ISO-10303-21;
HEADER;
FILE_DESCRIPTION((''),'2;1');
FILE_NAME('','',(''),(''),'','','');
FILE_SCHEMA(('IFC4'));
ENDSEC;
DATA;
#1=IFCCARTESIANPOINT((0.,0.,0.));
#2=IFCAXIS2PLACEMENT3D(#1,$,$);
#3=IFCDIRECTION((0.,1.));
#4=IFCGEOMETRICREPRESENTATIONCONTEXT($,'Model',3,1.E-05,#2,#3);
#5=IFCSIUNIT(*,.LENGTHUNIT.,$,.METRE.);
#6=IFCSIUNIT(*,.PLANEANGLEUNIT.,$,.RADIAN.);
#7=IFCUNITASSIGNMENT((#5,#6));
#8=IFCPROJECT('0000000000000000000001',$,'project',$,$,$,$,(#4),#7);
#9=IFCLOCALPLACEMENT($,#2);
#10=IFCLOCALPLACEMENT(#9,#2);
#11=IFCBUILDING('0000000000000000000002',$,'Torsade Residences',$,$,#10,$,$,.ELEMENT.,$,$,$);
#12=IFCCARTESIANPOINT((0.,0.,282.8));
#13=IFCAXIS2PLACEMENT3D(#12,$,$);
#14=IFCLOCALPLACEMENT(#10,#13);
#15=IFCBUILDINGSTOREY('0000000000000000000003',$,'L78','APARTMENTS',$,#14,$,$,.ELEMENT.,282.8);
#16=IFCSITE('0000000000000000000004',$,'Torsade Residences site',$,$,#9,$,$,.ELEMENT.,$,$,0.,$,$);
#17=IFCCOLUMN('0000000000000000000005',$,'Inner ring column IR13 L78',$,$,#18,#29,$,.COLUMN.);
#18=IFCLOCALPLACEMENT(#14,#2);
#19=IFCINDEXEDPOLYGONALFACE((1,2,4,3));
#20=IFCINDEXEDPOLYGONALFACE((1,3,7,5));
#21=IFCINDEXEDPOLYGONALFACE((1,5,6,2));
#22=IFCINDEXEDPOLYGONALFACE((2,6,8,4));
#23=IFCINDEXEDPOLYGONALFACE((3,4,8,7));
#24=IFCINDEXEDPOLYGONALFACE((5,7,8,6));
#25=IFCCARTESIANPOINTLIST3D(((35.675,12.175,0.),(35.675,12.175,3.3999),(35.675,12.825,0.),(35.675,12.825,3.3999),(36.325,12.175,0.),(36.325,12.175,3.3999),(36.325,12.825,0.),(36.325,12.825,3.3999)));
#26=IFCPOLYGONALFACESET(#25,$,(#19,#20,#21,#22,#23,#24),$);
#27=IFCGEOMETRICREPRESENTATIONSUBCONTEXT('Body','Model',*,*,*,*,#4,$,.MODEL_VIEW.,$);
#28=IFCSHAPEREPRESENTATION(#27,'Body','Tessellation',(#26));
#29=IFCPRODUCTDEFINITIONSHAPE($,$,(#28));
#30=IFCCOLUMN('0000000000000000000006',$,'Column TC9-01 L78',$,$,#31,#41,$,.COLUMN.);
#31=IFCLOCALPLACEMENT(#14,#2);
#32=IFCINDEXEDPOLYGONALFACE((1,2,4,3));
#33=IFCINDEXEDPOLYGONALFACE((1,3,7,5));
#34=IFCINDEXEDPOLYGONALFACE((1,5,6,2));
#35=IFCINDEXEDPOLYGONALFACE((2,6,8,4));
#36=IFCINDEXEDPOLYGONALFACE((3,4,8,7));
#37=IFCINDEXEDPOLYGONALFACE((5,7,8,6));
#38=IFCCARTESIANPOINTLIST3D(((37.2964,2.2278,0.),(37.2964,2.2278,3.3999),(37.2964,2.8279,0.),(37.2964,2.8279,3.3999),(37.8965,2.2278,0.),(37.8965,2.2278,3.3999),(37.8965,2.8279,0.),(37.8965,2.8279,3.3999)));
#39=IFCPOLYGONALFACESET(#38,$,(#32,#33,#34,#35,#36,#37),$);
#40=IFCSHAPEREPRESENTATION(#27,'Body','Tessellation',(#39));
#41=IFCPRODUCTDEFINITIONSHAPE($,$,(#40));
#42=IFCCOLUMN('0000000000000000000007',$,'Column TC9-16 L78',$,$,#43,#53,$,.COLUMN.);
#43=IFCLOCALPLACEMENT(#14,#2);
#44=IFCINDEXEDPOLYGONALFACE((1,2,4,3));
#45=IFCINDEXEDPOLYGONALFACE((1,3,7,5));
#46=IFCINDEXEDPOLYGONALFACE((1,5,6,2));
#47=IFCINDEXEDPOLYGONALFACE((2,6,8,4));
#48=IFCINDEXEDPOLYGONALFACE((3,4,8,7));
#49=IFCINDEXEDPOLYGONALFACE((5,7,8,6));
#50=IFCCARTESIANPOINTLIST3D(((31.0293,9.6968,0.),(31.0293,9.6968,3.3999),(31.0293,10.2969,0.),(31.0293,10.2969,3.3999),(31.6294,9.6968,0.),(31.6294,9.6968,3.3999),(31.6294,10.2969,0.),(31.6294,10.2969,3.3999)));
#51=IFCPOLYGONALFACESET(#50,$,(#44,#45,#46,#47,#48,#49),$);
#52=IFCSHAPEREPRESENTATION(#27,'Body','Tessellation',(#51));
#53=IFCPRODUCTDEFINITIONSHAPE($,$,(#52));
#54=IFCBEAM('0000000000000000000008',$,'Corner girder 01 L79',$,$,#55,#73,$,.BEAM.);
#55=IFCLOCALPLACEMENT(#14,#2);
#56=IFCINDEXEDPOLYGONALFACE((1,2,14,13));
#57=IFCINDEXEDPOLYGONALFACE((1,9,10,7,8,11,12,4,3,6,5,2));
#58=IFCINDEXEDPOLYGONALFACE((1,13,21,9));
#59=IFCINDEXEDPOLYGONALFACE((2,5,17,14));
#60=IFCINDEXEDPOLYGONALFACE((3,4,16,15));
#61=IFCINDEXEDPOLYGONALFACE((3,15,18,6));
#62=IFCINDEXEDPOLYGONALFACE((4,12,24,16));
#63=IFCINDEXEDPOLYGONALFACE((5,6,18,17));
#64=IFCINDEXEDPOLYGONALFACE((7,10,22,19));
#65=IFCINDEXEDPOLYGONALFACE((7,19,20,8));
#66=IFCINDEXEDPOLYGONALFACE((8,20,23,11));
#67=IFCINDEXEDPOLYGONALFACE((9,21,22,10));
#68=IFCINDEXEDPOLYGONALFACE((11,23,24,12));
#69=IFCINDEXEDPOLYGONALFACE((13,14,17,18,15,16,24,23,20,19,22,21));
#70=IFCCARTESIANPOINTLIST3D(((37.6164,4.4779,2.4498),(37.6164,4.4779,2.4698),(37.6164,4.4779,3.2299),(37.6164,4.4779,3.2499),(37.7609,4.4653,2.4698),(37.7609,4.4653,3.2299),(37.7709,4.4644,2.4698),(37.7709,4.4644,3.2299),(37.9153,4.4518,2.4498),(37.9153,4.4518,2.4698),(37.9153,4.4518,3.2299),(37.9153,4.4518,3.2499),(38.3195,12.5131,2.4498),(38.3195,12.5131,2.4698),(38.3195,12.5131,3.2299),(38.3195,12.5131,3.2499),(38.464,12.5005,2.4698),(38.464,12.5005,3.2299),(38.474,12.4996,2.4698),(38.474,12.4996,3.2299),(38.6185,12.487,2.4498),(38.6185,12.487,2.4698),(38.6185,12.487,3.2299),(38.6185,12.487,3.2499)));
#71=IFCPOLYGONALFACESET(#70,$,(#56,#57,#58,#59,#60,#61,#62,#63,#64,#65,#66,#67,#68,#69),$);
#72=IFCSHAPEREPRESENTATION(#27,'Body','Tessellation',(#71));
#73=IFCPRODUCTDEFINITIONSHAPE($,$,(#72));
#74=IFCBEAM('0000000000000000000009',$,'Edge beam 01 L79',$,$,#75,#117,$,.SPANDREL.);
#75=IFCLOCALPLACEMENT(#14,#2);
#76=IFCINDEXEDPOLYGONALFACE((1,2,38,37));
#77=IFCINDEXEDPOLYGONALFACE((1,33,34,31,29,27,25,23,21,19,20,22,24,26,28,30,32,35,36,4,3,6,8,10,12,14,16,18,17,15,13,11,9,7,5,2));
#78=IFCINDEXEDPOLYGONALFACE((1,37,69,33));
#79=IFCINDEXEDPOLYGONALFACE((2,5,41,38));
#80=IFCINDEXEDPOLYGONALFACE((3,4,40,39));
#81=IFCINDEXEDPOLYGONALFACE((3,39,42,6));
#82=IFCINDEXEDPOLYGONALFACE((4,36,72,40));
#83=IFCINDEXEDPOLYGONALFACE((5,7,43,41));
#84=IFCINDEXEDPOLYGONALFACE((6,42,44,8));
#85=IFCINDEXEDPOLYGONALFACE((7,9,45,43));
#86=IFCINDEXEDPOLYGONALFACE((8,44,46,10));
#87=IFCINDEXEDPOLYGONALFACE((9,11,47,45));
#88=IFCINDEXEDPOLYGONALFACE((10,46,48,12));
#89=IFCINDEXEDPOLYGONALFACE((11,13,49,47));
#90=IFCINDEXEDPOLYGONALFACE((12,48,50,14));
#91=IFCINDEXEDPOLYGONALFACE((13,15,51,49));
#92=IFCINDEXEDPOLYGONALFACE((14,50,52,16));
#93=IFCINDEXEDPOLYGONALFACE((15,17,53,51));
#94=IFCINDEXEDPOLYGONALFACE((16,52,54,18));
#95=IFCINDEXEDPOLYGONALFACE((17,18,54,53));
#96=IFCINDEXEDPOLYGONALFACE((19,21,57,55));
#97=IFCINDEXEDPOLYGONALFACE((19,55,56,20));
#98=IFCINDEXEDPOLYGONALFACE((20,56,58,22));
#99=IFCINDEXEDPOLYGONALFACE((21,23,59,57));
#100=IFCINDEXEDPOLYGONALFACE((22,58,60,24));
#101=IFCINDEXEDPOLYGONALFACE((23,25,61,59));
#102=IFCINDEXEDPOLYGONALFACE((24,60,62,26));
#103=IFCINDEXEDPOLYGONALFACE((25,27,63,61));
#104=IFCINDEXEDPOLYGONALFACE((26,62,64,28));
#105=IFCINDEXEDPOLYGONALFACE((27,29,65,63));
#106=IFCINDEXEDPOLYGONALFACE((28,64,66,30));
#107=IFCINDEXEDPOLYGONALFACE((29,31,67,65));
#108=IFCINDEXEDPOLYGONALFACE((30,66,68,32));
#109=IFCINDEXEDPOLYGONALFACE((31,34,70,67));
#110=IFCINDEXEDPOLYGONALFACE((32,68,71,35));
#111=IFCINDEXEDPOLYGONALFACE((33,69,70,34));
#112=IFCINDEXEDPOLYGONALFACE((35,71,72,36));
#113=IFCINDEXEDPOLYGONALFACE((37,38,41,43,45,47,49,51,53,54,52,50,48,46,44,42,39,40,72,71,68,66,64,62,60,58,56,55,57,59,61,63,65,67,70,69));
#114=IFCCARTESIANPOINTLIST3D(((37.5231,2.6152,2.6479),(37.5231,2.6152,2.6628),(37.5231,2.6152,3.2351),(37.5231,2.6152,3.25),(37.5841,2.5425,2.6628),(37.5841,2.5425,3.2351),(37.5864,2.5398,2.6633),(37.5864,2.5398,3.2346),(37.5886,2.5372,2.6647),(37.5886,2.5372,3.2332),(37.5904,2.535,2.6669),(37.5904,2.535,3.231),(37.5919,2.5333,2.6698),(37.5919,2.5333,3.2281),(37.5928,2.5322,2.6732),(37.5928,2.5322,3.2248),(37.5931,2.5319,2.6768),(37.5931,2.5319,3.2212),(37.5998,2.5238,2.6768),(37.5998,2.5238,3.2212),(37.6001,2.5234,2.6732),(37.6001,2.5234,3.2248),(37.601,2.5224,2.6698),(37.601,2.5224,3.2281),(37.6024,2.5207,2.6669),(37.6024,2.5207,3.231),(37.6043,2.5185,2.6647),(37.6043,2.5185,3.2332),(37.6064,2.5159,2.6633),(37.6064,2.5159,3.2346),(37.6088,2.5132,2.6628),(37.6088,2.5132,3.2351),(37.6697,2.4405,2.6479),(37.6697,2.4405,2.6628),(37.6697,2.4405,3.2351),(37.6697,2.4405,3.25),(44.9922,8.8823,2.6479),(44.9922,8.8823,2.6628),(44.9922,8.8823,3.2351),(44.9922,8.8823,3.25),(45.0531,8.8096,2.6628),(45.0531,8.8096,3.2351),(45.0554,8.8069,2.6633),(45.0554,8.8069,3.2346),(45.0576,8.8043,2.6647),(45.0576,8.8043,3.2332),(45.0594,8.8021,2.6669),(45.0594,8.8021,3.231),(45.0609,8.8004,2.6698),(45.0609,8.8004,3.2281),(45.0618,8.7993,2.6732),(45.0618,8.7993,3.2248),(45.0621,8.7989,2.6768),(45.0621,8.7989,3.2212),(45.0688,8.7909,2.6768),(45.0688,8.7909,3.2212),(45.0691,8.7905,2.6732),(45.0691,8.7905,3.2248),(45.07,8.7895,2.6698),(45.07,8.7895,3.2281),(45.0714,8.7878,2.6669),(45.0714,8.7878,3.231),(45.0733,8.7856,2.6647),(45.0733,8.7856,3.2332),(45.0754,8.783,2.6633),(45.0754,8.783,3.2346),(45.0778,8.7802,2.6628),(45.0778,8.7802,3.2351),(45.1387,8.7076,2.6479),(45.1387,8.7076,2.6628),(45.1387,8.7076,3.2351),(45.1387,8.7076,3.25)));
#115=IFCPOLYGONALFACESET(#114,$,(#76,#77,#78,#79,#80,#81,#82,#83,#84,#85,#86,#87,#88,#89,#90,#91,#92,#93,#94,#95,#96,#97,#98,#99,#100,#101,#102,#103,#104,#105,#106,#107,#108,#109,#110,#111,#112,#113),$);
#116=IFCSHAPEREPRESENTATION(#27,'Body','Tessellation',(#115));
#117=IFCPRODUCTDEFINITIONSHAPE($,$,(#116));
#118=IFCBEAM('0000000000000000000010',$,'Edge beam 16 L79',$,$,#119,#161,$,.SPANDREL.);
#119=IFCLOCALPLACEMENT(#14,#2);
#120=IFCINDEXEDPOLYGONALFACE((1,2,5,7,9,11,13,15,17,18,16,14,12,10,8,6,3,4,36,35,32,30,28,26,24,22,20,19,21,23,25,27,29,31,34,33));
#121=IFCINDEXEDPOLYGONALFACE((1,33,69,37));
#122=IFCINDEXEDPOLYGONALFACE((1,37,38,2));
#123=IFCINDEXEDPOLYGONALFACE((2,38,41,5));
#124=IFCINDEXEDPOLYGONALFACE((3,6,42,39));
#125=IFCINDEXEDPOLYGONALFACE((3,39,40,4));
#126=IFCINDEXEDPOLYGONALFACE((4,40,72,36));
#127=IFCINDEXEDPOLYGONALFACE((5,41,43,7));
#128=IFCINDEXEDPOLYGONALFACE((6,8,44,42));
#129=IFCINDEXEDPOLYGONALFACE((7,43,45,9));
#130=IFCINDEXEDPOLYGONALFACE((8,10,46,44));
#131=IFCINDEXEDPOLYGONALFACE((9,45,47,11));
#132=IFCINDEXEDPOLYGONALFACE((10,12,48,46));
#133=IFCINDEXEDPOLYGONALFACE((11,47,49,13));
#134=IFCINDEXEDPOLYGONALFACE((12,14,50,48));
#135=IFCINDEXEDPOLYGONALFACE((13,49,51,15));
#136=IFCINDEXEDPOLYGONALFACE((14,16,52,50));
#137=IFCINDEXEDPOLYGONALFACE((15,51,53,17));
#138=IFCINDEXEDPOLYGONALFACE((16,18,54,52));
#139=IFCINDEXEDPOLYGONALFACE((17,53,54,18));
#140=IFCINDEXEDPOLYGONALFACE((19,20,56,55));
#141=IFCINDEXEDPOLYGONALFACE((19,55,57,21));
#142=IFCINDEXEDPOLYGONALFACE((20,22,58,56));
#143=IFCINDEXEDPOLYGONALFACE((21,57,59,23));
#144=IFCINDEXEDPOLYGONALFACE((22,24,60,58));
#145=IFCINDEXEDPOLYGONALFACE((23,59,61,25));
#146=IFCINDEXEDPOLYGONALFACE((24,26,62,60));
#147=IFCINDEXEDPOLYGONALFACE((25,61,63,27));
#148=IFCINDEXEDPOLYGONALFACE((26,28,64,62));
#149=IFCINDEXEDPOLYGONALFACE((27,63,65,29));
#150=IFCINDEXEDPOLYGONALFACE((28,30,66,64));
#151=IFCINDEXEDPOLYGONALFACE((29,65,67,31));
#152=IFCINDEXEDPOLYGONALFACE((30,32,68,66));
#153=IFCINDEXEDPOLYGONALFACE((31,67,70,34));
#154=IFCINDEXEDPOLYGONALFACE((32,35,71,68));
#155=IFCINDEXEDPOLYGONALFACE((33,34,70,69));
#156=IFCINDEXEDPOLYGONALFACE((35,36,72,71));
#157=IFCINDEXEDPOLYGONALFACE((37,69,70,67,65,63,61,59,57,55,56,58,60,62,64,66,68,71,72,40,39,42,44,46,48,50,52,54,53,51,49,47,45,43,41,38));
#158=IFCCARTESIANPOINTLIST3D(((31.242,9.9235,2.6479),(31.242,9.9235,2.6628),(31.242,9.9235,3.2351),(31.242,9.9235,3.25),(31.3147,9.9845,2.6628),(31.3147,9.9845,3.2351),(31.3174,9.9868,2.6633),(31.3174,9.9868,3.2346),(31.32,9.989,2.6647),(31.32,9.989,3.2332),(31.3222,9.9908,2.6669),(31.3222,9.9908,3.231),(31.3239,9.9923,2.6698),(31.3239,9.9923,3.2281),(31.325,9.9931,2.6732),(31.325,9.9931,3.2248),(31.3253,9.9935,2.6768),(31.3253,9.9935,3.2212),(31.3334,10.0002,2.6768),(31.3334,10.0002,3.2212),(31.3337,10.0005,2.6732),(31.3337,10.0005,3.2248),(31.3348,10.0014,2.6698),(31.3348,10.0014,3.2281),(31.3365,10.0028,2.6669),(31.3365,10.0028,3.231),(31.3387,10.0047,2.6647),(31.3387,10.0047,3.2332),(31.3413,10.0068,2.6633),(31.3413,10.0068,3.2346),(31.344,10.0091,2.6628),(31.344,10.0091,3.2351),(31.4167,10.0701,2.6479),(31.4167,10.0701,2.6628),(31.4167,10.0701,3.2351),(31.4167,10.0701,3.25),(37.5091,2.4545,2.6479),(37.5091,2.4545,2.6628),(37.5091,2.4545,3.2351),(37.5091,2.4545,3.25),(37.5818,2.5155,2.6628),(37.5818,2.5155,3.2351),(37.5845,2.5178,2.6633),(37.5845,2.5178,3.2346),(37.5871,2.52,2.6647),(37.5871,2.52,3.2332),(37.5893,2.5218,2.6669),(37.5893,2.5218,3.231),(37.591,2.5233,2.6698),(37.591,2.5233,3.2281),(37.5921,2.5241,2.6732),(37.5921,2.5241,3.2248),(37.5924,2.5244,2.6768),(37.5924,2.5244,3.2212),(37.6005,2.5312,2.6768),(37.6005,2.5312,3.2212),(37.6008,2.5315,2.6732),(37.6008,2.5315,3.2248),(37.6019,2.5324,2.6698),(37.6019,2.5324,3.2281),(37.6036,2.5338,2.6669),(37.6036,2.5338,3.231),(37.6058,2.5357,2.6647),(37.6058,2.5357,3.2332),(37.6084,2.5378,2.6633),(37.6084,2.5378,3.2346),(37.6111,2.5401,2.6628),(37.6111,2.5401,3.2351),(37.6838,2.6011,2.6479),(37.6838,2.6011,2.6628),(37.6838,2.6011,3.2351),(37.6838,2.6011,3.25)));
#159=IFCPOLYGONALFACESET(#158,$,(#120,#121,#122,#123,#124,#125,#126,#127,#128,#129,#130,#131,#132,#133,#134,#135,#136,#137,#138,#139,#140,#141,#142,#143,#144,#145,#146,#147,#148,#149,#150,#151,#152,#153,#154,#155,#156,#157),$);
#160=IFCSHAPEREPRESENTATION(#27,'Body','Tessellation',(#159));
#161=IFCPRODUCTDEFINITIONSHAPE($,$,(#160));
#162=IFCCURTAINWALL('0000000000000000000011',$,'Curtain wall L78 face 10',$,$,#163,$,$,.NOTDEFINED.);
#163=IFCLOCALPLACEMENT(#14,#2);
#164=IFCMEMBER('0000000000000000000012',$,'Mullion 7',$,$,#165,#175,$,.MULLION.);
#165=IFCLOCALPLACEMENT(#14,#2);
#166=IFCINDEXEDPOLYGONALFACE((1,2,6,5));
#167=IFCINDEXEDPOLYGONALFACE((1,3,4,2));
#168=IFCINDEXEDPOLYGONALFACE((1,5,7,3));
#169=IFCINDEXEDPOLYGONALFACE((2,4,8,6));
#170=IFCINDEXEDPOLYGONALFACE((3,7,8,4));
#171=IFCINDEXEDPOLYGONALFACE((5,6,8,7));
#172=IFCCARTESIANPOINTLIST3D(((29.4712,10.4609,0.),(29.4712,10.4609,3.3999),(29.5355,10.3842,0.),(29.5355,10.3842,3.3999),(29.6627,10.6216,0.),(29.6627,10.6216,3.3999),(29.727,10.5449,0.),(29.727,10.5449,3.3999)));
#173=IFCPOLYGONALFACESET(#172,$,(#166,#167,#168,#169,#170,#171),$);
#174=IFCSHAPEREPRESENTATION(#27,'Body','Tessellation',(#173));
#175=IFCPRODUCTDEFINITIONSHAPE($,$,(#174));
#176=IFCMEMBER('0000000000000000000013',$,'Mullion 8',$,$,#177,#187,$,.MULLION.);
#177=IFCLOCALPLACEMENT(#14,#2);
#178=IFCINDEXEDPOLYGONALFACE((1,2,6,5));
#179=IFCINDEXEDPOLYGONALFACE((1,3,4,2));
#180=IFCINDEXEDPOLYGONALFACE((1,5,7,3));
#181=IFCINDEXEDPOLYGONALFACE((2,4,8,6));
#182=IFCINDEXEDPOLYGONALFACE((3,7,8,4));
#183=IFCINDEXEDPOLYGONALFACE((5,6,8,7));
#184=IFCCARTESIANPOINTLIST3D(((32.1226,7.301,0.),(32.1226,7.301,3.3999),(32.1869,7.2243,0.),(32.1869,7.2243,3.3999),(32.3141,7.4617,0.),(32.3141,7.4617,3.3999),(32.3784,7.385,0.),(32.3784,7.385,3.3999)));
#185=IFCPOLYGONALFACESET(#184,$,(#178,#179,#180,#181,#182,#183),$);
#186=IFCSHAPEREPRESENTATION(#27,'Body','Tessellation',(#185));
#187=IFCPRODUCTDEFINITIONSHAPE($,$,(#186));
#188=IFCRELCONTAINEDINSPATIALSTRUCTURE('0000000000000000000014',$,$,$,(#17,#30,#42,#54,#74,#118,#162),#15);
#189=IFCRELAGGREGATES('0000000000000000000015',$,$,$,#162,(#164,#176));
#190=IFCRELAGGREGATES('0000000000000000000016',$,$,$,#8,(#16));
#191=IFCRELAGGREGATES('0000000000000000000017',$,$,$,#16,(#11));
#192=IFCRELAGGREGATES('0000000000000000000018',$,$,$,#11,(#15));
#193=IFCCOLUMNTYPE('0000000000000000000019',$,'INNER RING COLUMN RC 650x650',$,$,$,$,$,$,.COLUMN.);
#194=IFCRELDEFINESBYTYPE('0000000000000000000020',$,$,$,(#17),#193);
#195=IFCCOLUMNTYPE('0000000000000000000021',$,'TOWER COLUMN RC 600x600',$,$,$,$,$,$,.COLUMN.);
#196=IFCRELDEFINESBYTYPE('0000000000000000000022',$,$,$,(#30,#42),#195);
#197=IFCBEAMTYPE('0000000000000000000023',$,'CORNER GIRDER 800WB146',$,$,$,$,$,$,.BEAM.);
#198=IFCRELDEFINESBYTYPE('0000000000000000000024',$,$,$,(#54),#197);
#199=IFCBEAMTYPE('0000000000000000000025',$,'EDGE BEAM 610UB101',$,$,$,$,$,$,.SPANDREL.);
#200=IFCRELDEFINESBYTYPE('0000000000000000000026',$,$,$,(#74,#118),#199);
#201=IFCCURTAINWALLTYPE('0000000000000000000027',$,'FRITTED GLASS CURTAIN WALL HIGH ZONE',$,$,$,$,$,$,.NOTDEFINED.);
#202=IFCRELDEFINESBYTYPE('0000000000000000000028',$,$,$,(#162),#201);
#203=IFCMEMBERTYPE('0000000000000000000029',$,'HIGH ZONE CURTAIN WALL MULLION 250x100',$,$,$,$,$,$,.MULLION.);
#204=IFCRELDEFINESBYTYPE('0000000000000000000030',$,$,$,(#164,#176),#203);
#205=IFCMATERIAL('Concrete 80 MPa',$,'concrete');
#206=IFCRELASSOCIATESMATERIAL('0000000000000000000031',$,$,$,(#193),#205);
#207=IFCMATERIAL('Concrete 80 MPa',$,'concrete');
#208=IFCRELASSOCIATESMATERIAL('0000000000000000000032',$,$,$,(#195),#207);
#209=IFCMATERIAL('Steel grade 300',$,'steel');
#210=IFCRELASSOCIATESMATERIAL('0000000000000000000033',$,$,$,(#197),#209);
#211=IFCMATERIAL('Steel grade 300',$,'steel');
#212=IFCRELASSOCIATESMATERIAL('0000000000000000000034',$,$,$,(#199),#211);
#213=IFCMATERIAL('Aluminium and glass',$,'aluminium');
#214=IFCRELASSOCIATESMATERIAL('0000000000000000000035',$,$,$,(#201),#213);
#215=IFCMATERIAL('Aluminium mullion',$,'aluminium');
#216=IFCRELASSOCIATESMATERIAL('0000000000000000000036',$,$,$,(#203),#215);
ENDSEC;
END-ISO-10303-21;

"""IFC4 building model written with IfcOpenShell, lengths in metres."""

from ifc_helpers import new_model, si_unit, direction, frame, origin, origin_2d, place, context, subcontext, project, spatial, rectangle, i_section, extrude, material, material_profile, profile_set, type_object, element, aggregate, save


model = new_model("IFC4")

# Units and contexts
model_context = context("Model", 3, precision=1e-05, world=origin(), true_north=direction((0.0, 1.0)))
body_context = subcontext(model_context, "Body", "Model", "MODEL_VIEW")
ifc_project = project(units=[si_unit("LENGTHUNIT", "METRE"), si_unit("PLANEANGLEUNIT", "RADIAN")], contexts=[model_context])

# Site, building, storey
site_placement = place(None, origin())
site = spatial("IfcSite", under=ifc_project, at=site_placement, Name="Torsade Residences site", CompositionType="ELEMENT", RefElevation=0.0)
building_placement = place(site_placement, origin())
building = spatial("IfcBuilding", under=site, at=building_placement, Name="Torsade Residences", CompositionType="ELEMENT")
storey_placement = place(building_placement, frame((0.0, 0.0, 282.8)))
storey = spatial("IfcBuildingStorey", under=building, at=storey_placement, Name="L78", Description="APARTMENTS", CompositionType="ELEMENT", Elevation=282.8)

# Columns
ifc_material_1 = material(Name="Concrete 80 MPa", Category="concrete")
ifc_material_profile_1 = material_profile(ifc_material_1, rectangle(XDim=0.6499, YDim=0.6499, at=origin_2d()), Name="RC 650x650")
ifc_profile_set_1 = profile_set([ifc_material_profile_1], Name="Concrete 80 MPa")
column_type_1 = type_object("IfcColumnType", Name="INNER RING COLUMN RC 650x650", PredefinedType="COLUMN", material=ifc_profile_set_1)
column_placement = place(storey_placement, frame((36.0, 12.5, 0.0), z_axis=(0.0, 0.0, 1.0), x_axis=(1.0, 0.0, 0.0)))
element("IfcColumn", 1, at=column_placement, inside=storey, type_object=column_type_1, Name="Inner ring column IR13 L78", PredefinedType="COLUMN", context=body_context, shape_type="SweptSolid", body=[
    extrude(rectangle(XDim=0.6499, YDim=0.6499, at=origin_2d()), origin(), (0.0, 0.0, 1.0), 3.3999),
])
ifc_material_2 = material(Name="Concrete 80 MPa", Category="concrete")
ifc_material_profile_2 = material_profile(ifc_material_2, rectangle(XDim=0.6001, YDim=0.6001, at=origin_2d()), Name="RC 600x600")
ifc_profile_set_2 = profile_set([ifc_material_profile_2], Name="Concrete 80 MPa")
column_type_2 = type_object("IfcColumnType", Name="TOWER COLUMN RC 600x600", PredefinedType="COLUMN", material=ifc_profile_set_2)
for number, where, z_axis, x_axis, name in (
    (2, (37.5964, 2.5278, 0.0), (0.0, 0.0, 1.0), (1.0, 0.0, 0.0), "Column TC9-01 L78"),
    (3, (31.3293, 9.9968, 0.0), (0.0, 0.0, 1.0), (1.0, 0.0, 0.0), "Column TC9-16 L78"),
):
    element("IfcColumn", number, at=place(storey_placement, frame(where, z_axis=z_axis, x_axis=x_axis)), inside=storey, type_object=column_type_2, Name=name, PredefinedType="COLUMN", context=body_context, shape_type="SweptSolid", body=[
        extrude(rectangle(XDim=0.6001, YDim=0.6001, at=origin_2d()), origin(), (0.0, 0.0, 1.0), 3.3999),
    ])

# Beams
ifc_material_3 = material(Name="Steel grade 300", Category="steel")
ifc_material_profile_3 = material_profile(ifc_material_3, i_section(OverallWidth=0.3, OverallDepth=0.8, WebThickness=0.01, FlangeThickness=0.02, at=origin_2d()), Name="800WB146")
ifc_profile_set_3 = profile_set([ifc_material_profile_3], Name="Steel grade 300")
beam_type_1 = type_object("IfcBeamType", Name="CORNER GIRDER 800WB146", PredefinedType="BEAM", material=ifc_profile_set_3)
beam_1_placement = place(storey_placement, frame((37.7659, 4.4648, 2.8499), z_axis=(0.087173, 0.996193, 0.0), x_axis=(-0.996193, 0.087173, 0.0)))
element("IfcBeam", 4, at=beam_1_placement, inside=storey, type_object=beam_type_1, Name="Corner girder 01 L79", PredefinedType="BEAM", context=body_context, shape_type="SweptSolid", body=[
    extrude(i_section(OverallWidth=0.3, OverallDepth=0.8, WebThickness=0.01, FlangeThickness=0.02, at=origin_2d()), origin(), (0.0, 0.0, 1.0), 8.0659),
])
ifc_material_4 = material(Name="Steel grade 300", Category="steel")
ifc_material_profile_4 = material_profile(ifc_material_4, i_section(OverallWidth=0.228, OverallDepth=0.6021, WebThickness=0.0105, FlangeThickness=0.0149, FilletRadius=0.0139, at=origin_2d()), Name="610UB101")
ifc_profile_set_4 = profile_set([ifc_material_profile_4], Name="Steel grade 300")
beam_type_2 = type_object("IfcBeamType", Name="EDGE BEAM 610UB101", PredefinedType="SPANDREL", material=ifc_profile_set_4)
for number, where, z_axis, x_axis, name in (
    (5, (37.5964, 2.5278, 2.949), (0.766052, 0.642779, 0.0), (-0.642779, 0.766052, 0.0), "Edge beam 01 L79"),
    (6, (31.3293, 9.9968, 2.949), (0.642779, -0.766052, 0.0), (0.766052, 0.642779, 0.0), "Edge beam 16 L79"),
):
    element("IfcBeam", number, at=place(storey_placement, frame(where, z_axis=z_axis, x_axis=x_axis)), inside=storey, type_object=beam_type_2, Name=name, PredefinedType="SPANDREL", context=body_context, shape_type="SweptSolid", body=[
        extrude(i_section(OverallWidth=0.228, OverallDepth=0.6021, WebThickness=0.0105, FlangeThickness=0.0149, FilletRadius=0.0139, at=origin_2d()), origin(), (0.0, 0.0, 1.0), 9.75),
    ])

# Curtain wall, members
ifc_material_5 = material(Name="Aluminium and glass", Category="aluminium")
curtain_wall_type = type_object("IfcCurtainWallType", Name="FRITTED GLASS CURTAIN WALL HIGH ZONE", PredefinedType="NOTDEFINED", material=ifc_material_5)
curtain_wall_placement = place(storey_placement, origin())
curtain_wall = element("IfcCurtainWall", 7, at=curtain_wall_placement, inside=storey, type_object=curtain_wall_type, Name="Curtain wall L78 face 10", PredefinedType="NOTDEFINED")
ifc_material_6 = material(Name="Aluminium mullion", Category="aluminium")
ifc_material_profile_5 = material_profile(ifc_material_6, rectangle(XDim=0.25, YDim=0.1001, at=origin_2d()), Name="HIGH ZONE CURTAIN WALL MULLION 250x100")
ifc_profile_set_5 = profile_set([ifc_material_profile_5], Name="Aluminium mullion")
member_type_1 = type_object("IfcMemberType", Name="HIGH ZONE CURTAIN WALL MULLION 250x100", PredefinedType="MULLION", material=ifc_profile_set_5)
member_1_placement = place(storey_placement, frame((29.5991, 10.5029, 0.0), z_axis=(0.0, 0.0, 1.0), x_axis=(0.766044, 0.642788, 0.0)))
member_1 = element("IfcMember", 8, at=member_1_placement, type_object=member_type_1, Name="Mullion 7", PredefinedType="MULLION", context=body_context, shape_type="SweptSolid", body=[
    extrude(rectangle(XDim=0.25, YDim=0.1001, at=origin_2d()), origin(), (0.0, 0.0, 1.0), 3.3999),
])
member_2_placement = place(storey_placement, frame((32.2505, 7.343, 0.0), z_axis=(0.0, 0.0, 1.0), x_axis=(0.766044, 0.642788, 0.0)))
member_2 = element("IfcMember", 9, at=member_2_placement, type_object=member_type_1, Name="Mullion 8", PredefinedType="MULLION", context=body_context, shape_type="SweptSolid", body=[
    extrude(rectangle(XDim=0.25, YDim=0.1001, at=origin_2d()), origin(), (0.0, 0.0, 1.0), 3.3999),
])

aggregate(curtain_wall, [member_1, member_2])

save(model, "model.ifc")
